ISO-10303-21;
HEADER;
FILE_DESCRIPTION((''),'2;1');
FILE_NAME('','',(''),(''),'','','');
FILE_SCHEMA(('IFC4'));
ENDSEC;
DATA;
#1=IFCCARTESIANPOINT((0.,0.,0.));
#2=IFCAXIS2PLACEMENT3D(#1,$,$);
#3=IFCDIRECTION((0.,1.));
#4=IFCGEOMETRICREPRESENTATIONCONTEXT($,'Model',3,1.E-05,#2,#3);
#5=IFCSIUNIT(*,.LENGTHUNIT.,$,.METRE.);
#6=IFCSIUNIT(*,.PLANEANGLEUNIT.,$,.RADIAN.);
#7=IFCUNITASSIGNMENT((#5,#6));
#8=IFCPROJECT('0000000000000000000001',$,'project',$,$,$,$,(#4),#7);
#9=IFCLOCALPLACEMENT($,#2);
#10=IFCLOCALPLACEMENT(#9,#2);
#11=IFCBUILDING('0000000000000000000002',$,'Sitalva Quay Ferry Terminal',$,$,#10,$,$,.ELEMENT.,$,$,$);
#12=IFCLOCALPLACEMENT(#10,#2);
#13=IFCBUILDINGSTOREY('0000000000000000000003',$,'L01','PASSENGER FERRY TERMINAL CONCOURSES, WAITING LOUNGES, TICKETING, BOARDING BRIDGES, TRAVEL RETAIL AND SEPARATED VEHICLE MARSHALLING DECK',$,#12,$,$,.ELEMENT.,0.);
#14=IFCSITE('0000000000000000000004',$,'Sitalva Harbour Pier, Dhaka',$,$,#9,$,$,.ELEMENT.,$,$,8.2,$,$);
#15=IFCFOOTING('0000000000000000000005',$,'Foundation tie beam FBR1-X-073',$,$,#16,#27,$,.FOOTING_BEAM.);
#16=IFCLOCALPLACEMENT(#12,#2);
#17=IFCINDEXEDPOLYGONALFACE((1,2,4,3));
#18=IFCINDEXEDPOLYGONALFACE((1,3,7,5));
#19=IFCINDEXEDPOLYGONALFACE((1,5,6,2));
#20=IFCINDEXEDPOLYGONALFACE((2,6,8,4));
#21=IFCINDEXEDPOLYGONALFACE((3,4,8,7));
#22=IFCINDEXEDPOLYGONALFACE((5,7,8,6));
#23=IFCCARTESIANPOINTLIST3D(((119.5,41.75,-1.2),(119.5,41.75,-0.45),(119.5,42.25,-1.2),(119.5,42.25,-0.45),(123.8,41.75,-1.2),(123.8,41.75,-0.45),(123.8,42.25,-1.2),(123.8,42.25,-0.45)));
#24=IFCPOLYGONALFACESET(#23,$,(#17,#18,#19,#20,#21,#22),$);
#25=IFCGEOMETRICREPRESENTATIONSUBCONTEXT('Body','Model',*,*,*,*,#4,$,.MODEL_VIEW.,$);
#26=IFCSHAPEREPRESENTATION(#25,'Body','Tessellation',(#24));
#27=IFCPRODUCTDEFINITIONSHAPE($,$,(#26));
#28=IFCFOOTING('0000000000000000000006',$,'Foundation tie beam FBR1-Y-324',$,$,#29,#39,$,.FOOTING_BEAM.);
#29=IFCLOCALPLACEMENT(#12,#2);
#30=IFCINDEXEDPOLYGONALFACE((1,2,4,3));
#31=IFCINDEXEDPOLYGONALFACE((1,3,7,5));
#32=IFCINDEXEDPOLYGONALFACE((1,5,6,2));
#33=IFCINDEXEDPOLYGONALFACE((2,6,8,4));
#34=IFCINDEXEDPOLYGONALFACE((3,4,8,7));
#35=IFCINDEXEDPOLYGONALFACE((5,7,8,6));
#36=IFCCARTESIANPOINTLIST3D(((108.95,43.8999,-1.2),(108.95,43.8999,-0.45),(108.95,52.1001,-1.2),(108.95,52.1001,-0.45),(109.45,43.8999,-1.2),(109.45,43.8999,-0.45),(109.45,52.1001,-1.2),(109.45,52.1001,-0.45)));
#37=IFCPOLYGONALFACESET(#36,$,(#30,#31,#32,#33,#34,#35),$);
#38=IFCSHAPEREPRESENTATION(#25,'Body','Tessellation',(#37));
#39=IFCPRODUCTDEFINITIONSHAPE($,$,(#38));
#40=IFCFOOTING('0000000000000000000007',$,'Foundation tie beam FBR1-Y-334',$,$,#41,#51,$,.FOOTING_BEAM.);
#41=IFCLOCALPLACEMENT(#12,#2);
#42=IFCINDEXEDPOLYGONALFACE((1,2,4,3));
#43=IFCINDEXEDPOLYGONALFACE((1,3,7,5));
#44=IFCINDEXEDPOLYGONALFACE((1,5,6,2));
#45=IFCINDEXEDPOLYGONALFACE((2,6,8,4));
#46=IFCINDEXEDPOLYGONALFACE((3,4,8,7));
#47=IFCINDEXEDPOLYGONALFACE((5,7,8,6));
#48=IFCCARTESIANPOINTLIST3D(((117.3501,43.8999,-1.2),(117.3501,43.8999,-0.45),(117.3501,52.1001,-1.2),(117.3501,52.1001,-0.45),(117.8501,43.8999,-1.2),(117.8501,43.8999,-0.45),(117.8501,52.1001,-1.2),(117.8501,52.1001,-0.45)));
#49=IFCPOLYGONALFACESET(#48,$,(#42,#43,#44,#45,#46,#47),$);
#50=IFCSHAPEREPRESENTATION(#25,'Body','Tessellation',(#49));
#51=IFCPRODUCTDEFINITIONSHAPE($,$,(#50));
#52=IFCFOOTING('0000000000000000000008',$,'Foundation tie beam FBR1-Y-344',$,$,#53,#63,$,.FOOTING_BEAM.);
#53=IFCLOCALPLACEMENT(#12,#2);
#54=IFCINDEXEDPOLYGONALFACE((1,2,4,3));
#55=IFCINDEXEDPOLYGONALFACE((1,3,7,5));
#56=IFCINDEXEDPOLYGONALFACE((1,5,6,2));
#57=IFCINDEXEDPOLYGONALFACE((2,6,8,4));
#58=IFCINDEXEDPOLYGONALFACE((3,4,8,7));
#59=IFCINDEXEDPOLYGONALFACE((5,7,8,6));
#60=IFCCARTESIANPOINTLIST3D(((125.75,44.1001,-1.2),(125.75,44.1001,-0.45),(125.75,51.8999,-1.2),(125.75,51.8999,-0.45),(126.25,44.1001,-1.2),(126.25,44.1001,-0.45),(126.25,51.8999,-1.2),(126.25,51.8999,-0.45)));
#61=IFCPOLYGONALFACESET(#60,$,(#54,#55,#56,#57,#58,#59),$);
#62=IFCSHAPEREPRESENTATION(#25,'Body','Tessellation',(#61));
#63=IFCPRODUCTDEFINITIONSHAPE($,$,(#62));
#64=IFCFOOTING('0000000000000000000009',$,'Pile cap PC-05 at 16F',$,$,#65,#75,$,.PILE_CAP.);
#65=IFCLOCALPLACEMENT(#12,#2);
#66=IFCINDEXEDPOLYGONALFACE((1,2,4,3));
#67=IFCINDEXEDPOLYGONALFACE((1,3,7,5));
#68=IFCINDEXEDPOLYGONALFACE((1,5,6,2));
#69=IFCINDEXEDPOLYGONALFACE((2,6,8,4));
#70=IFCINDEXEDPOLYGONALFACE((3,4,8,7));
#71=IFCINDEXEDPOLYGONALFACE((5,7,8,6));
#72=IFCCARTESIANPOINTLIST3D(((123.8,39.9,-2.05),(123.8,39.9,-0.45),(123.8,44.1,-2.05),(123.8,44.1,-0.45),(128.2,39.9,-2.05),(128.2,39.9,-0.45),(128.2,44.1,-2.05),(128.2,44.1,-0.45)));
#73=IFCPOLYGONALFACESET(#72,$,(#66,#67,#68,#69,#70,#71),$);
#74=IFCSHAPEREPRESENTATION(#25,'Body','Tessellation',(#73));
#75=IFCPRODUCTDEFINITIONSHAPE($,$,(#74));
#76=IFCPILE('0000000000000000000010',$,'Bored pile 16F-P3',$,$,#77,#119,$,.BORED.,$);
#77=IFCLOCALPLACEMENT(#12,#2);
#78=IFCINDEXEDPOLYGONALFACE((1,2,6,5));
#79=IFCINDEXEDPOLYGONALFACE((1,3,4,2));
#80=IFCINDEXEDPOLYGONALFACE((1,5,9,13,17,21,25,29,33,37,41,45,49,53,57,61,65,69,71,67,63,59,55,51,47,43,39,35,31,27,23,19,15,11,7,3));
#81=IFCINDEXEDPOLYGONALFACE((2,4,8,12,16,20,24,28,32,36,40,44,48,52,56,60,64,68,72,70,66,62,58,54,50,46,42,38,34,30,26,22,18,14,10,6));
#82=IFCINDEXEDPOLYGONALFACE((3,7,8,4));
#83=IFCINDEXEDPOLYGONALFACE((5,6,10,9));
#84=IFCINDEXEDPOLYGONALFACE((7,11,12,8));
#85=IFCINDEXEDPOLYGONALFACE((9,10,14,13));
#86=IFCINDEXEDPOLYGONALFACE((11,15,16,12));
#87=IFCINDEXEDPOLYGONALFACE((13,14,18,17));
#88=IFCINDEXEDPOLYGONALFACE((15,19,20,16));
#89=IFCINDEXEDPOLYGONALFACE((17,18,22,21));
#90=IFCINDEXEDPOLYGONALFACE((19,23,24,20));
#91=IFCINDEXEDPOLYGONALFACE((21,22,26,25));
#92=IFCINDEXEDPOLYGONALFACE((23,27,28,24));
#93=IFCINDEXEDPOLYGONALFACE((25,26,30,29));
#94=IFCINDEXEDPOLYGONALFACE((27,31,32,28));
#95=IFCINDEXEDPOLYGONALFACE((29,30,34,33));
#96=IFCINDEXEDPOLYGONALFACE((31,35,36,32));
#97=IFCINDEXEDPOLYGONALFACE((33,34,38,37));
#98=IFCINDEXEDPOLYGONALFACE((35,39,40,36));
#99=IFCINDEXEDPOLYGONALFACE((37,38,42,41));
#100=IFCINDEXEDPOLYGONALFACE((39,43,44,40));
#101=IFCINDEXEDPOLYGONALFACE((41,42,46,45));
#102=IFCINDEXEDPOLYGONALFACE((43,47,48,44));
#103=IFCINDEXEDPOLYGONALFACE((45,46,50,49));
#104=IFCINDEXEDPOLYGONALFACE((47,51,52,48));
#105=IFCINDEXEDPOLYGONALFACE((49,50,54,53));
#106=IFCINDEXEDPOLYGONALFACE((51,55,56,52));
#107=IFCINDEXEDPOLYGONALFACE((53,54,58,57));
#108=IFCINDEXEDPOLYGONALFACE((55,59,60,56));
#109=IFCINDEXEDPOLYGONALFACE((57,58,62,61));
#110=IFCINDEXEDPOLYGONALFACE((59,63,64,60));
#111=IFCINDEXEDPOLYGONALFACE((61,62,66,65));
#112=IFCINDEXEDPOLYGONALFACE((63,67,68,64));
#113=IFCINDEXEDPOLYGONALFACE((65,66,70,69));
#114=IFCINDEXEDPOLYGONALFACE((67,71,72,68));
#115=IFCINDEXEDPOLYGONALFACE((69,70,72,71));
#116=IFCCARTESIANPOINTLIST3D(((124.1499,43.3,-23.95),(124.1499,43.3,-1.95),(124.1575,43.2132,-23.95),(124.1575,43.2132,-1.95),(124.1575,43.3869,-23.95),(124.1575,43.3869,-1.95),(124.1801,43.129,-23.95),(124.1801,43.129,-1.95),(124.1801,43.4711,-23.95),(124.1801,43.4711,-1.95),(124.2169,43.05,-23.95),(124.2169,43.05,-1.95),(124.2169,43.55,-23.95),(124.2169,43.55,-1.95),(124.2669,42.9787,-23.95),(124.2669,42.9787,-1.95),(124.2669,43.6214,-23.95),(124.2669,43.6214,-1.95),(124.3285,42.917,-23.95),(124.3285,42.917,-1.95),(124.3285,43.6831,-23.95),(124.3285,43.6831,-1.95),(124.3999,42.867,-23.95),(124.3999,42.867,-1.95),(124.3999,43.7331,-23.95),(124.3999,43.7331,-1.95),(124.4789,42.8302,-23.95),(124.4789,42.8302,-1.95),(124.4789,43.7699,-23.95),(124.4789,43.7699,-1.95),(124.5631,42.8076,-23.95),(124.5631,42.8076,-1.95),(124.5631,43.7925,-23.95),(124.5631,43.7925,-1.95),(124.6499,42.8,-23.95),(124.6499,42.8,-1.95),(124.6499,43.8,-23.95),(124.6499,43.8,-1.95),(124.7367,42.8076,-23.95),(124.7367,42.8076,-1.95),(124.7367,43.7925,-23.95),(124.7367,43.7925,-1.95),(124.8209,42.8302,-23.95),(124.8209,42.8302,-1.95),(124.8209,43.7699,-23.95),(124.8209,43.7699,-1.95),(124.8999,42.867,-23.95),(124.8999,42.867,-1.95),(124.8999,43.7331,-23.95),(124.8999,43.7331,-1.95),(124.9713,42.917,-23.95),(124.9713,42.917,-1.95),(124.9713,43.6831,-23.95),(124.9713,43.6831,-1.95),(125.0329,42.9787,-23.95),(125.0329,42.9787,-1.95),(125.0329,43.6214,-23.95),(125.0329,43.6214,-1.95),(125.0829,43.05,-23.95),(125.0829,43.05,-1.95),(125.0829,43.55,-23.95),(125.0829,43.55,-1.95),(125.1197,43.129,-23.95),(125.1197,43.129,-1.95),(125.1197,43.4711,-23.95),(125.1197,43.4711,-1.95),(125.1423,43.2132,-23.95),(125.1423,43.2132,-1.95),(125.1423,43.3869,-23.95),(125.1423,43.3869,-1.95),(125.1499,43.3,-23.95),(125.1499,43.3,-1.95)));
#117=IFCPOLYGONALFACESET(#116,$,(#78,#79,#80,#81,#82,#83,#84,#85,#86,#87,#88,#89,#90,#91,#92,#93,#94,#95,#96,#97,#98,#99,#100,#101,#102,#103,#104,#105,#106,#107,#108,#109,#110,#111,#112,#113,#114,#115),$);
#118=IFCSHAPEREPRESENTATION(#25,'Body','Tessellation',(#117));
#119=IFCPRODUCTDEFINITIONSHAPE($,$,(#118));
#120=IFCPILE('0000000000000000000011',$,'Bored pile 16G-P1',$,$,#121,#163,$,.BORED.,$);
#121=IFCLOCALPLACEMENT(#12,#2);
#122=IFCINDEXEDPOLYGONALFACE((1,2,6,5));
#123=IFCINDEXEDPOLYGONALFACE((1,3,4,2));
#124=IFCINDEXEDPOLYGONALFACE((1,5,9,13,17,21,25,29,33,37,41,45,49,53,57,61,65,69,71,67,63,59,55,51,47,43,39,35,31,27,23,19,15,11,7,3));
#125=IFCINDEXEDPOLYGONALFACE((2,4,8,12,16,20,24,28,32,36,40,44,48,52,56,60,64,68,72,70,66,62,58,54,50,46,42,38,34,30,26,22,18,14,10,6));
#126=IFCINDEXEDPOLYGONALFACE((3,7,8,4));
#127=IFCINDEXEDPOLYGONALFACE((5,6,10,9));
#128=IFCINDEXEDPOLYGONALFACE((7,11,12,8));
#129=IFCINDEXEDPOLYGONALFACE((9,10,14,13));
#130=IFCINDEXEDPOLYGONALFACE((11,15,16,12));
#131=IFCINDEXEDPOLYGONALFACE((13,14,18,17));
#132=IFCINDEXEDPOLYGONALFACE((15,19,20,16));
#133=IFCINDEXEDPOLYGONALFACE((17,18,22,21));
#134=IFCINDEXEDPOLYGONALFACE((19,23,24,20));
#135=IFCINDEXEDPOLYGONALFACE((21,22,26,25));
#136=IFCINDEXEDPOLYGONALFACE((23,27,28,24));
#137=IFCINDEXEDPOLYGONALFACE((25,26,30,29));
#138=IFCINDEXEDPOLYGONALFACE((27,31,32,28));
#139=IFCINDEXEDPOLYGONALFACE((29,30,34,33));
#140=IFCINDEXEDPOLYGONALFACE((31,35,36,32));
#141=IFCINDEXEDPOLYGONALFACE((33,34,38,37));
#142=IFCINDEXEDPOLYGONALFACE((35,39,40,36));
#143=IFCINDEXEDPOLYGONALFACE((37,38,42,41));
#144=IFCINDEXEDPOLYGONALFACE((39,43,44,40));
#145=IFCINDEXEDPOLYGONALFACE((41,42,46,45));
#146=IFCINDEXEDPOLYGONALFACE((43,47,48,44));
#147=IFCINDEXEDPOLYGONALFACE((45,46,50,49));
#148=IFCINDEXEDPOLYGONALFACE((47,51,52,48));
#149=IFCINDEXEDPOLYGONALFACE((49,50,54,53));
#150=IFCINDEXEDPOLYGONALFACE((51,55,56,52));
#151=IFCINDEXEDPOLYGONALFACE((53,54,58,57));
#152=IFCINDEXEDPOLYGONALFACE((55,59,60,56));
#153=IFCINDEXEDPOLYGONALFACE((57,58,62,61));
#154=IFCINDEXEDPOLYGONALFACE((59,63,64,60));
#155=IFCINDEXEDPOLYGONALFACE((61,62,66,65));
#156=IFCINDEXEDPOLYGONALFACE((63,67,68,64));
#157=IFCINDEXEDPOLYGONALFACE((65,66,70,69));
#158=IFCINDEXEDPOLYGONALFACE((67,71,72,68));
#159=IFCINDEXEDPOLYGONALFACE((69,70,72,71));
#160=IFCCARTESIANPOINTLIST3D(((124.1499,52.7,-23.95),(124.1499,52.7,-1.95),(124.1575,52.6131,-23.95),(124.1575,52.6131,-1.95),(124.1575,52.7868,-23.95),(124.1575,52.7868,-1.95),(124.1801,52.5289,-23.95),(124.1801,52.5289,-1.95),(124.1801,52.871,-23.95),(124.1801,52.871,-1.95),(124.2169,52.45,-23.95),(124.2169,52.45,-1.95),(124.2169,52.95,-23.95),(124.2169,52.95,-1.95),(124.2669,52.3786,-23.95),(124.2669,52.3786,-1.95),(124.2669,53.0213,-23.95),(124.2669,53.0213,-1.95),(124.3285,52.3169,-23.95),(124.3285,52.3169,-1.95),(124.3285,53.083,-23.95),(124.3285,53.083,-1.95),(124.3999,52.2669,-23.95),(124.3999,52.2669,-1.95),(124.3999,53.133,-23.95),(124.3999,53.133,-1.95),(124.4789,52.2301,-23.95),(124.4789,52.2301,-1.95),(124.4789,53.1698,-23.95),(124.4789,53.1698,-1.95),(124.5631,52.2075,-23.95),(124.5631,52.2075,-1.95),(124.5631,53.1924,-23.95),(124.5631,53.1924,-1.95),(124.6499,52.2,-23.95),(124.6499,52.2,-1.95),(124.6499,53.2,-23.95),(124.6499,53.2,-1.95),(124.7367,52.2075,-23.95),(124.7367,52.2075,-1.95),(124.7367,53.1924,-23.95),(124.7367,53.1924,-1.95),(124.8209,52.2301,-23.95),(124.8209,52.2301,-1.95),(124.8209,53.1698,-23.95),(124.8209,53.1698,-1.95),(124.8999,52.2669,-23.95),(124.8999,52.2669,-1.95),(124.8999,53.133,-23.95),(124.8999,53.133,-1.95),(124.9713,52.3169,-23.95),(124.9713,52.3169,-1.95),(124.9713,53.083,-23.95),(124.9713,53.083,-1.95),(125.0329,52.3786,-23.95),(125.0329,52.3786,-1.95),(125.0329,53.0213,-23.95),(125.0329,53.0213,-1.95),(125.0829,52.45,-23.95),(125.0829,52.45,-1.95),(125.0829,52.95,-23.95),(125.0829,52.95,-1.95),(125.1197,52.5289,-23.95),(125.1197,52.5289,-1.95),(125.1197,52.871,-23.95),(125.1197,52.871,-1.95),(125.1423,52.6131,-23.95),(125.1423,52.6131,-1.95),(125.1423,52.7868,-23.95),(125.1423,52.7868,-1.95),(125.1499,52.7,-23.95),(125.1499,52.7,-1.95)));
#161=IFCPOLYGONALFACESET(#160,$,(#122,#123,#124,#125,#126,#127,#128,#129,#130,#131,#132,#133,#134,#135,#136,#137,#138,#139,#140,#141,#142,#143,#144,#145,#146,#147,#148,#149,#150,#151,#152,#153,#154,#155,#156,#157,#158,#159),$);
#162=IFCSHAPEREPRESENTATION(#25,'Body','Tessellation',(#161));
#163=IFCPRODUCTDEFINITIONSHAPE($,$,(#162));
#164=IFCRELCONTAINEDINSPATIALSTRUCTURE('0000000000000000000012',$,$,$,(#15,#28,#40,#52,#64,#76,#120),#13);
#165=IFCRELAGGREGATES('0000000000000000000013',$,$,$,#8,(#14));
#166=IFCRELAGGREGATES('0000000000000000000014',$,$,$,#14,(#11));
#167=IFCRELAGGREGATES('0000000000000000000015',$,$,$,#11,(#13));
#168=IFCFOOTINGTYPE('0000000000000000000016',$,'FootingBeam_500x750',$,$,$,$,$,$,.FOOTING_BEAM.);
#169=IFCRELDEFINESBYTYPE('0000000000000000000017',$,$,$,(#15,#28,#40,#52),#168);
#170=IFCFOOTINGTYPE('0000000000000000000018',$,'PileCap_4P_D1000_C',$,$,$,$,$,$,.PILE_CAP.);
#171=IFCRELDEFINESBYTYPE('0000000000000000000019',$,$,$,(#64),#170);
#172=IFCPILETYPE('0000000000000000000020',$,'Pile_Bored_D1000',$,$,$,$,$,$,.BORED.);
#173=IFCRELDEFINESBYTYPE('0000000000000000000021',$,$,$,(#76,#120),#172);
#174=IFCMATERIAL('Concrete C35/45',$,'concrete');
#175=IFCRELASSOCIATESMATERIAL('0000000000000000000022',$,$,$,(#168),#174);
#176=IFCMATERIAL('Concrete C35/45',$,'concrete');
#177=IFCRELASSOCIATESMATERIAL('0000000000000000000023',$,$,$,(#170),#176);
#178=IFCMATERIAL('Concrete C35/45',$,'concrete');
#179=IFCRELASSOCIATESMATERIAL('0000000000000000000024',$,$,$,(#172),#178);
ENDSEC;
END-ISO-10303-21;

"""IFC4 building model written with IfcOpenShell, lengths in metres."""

from ifc_helpers import new_model, si_unit, direction, frame, origin, origin_2d, place, context, subcontext, project, spatial, rectangle, circle, extrude, material, material_profile, profile_set, type_object, element, save


model = new_model("IFC4")

# Units and contexts
model_context = context("Model", 3, precision=1e-05, world=origin(), true_north=direction((0.0, 1.0)))
body_context = subcontext(model_context, "Body", "Model", "MODEL_VIEW")
ifc_project = project(units=[si_unit("LENGTHUNIT", "METRE"), si_unit("PLANEANGLEUNIT", "RADIAN")], contexts=[model_context])

# Site, building, storey
site_placement = place(None, origin())
site = spatial("IfcSite", under=ifc_project, at=site_placement, Name="Sitalva Harbour Pier, Dhaka", CompositionType="ELEMENT", RefElevation=8.2)
building_placement = place(site_placement, origin())
building = spatial("IfcBuilding", under=site, at=building_placement, Name="Sitalva Quay Ferry Terminal", CompositionType="ELEMENT")
storey_placement = place(building_placement, origin())
storey = spatial("IfcBuildingStorey", under=building, at=storey_placement, Name="L01", Description="PASSENGER FERRY TERMINAL CONCOURSES, WAITING LOUNGES, TICKETING, BOARDING BRIDGES, TRAVEL RETAIL AND SEPARATED VEHICLE MARSHALLING DECK", CompositionType="ELEMENT", Elevation=0.0)

# Footings
ifc_material_1 = material(Name="Concrete C35/45", Category="concrete")
ifc_material_profile_1 = material_profile(ifc_material_1, rectangle(XDim=0.5, YDim=0.75, at=origin_2d()), Name="RC500x750")
ifc_profile_set_1 = profile_set([ifc_material_profile_1], Name="Concrete C35/45")
footing_type_1 = type_object("IfcFootingType", Name="FootingBeam_500x750", PredefinedType="FOOTING_BEAM", material=ifc_profile_set_1)
footing_1_placement = place(storey_placement, frame((119.5, 42.0, -0.825), z_axis=(1.0, 0.0, 0.0), x_axis=(0.0, 1.0, 0.0)))
element("IfcFooting", 1, at=footing_1_placement, inside=storey, type_object=footing_type_1, Name="Foundation tie beam FBR1-X-073", PredefinedType="FOOTING_BEAM", context=body_context, shape_type="SweptSolid", body=[
    extrude(rectangle(XDim=0.5, YDim=0.75, at=origin_2d()), origin(), (0.0, 0.0, 1.0), 4.3),
])
for number, where, z_axis, x_axis, name in (
    (2, (109.2, 43.8999, -0.825), (0.0, 1.0, 0.0), (-1.0, 0.0, 0.0), "Foundation tie beam FBR1-Y-324"),
    (3, (117.6001, 43.8999, -0.825), (0.0, 1.0, 0.0), (-1.0, 0.0, 0.0), "Foundation tie beam FBR1-Y-334"),
):
    element("IfcFooting", number, at=place(storey_placement, frame(where, z_axis=z_axis, x_axis=x_axis)), inside=storey, type_object=footing_type_1, Name=name, PredefinedType="FOOTING_BEAM", context=body_context, shape_type="SweptSolid", body=[
        extrude(rectangle(XDim=0.5, YDim=0.75, at=origin_2d()), origin(), (0.0, 0.0, 1.0), 8.2002),
    ])
footing_2_placement = place(storey_placement, frame((126.0, 44.1001, -0.825), z_axis=(0.0, 1.0, 0.0), x_axis=(-1.0, 0.0, 0.0)))
element("IfcFooting", 4, at=footing_2_placement, inside=storey, type_object=footing_type_1, Name="Foundation tie beam FBR1-Y-344", PredefinedType="FOOTING_BEAM", context=body_context, shape_type="SweptSolid", body=[
    extrude(rectangle(XDim=0.5, YDim=0.75, at=origin_2d()), origin(), (0.0, 0.0, 1.0), 7.7998),
])
ifc_material_2 = material(Name="Concrete C35/45", Category="concrete")
footing_type_2 = type_object("IfcFootingType", Name="PileCap_4P_D1000_C", PredefinedType="PILE_CAP", material=ifc_material_2)
footing_3_placement = place(storey_placement, frame((126.0, 42.0, -2.05), z_axis=(0.0, 0.0, 1.0), x_axis=(1.0, 0.0, 0.0)))
element("IfcFooting", 5, at=footing_3_placement, inside=storey, type_object=footing_type_2, Name="Pile cap PC-05 at 16F", PredefinedType="PILE_CAP", context=body_context, shape_type="SweptSolid", body=[
    extrude(rectangle(XDim=4.3999, YDim=4.2, at=origin_2d()), origin(), (0.0, 0.0, 1.0), 1.6001),
])

# Piles
ifc_material_3 = material(Name="Concrete C35/45", Category="concrete")
ifc_material_profile_2 = material_profile(ifc_material_3, circle(Radius=0.5, at=origin_2d()), Name="PILE-D1000")
ifc_profile_set_2 = profile_set([ifc_material_profile_2], Name="Concrete C35/45")
pile_type_1 = type_object("IfcPileType", Name="Pile_Bored_D1000", PredefinedType="BORED", material=ifc_profile_set_2)
for number, where, z_axis, x_axis, name in (
    (6, (124.6499, 43.3, -1.95), (0.0, 0.0, -1.0), (1.0, 0.0, 0.0), "Bored pile 16F-P3"),
    (7, (124.6499, 52.7, -1.95), (0.0, 0.0, -1.0), (1.0, 0.0, 0.0), "Bored pile 16G-P1"),
):
    element("IfcPile", number, at=place(storey_placement, frame(where, z_axis=z_axis, x_axis=x_axis)), inside=storey, type_object=pile_type_1, Name=name, PredefinedType="BORED", context=body_context, shape_type="SweptSolid", body=[
        extrude(circle(Radius=0.5, at=origin_2d()), origin(), (0.0, 0.0, 1.0), 22.0),
    ])

save(model, "model.ifc")
